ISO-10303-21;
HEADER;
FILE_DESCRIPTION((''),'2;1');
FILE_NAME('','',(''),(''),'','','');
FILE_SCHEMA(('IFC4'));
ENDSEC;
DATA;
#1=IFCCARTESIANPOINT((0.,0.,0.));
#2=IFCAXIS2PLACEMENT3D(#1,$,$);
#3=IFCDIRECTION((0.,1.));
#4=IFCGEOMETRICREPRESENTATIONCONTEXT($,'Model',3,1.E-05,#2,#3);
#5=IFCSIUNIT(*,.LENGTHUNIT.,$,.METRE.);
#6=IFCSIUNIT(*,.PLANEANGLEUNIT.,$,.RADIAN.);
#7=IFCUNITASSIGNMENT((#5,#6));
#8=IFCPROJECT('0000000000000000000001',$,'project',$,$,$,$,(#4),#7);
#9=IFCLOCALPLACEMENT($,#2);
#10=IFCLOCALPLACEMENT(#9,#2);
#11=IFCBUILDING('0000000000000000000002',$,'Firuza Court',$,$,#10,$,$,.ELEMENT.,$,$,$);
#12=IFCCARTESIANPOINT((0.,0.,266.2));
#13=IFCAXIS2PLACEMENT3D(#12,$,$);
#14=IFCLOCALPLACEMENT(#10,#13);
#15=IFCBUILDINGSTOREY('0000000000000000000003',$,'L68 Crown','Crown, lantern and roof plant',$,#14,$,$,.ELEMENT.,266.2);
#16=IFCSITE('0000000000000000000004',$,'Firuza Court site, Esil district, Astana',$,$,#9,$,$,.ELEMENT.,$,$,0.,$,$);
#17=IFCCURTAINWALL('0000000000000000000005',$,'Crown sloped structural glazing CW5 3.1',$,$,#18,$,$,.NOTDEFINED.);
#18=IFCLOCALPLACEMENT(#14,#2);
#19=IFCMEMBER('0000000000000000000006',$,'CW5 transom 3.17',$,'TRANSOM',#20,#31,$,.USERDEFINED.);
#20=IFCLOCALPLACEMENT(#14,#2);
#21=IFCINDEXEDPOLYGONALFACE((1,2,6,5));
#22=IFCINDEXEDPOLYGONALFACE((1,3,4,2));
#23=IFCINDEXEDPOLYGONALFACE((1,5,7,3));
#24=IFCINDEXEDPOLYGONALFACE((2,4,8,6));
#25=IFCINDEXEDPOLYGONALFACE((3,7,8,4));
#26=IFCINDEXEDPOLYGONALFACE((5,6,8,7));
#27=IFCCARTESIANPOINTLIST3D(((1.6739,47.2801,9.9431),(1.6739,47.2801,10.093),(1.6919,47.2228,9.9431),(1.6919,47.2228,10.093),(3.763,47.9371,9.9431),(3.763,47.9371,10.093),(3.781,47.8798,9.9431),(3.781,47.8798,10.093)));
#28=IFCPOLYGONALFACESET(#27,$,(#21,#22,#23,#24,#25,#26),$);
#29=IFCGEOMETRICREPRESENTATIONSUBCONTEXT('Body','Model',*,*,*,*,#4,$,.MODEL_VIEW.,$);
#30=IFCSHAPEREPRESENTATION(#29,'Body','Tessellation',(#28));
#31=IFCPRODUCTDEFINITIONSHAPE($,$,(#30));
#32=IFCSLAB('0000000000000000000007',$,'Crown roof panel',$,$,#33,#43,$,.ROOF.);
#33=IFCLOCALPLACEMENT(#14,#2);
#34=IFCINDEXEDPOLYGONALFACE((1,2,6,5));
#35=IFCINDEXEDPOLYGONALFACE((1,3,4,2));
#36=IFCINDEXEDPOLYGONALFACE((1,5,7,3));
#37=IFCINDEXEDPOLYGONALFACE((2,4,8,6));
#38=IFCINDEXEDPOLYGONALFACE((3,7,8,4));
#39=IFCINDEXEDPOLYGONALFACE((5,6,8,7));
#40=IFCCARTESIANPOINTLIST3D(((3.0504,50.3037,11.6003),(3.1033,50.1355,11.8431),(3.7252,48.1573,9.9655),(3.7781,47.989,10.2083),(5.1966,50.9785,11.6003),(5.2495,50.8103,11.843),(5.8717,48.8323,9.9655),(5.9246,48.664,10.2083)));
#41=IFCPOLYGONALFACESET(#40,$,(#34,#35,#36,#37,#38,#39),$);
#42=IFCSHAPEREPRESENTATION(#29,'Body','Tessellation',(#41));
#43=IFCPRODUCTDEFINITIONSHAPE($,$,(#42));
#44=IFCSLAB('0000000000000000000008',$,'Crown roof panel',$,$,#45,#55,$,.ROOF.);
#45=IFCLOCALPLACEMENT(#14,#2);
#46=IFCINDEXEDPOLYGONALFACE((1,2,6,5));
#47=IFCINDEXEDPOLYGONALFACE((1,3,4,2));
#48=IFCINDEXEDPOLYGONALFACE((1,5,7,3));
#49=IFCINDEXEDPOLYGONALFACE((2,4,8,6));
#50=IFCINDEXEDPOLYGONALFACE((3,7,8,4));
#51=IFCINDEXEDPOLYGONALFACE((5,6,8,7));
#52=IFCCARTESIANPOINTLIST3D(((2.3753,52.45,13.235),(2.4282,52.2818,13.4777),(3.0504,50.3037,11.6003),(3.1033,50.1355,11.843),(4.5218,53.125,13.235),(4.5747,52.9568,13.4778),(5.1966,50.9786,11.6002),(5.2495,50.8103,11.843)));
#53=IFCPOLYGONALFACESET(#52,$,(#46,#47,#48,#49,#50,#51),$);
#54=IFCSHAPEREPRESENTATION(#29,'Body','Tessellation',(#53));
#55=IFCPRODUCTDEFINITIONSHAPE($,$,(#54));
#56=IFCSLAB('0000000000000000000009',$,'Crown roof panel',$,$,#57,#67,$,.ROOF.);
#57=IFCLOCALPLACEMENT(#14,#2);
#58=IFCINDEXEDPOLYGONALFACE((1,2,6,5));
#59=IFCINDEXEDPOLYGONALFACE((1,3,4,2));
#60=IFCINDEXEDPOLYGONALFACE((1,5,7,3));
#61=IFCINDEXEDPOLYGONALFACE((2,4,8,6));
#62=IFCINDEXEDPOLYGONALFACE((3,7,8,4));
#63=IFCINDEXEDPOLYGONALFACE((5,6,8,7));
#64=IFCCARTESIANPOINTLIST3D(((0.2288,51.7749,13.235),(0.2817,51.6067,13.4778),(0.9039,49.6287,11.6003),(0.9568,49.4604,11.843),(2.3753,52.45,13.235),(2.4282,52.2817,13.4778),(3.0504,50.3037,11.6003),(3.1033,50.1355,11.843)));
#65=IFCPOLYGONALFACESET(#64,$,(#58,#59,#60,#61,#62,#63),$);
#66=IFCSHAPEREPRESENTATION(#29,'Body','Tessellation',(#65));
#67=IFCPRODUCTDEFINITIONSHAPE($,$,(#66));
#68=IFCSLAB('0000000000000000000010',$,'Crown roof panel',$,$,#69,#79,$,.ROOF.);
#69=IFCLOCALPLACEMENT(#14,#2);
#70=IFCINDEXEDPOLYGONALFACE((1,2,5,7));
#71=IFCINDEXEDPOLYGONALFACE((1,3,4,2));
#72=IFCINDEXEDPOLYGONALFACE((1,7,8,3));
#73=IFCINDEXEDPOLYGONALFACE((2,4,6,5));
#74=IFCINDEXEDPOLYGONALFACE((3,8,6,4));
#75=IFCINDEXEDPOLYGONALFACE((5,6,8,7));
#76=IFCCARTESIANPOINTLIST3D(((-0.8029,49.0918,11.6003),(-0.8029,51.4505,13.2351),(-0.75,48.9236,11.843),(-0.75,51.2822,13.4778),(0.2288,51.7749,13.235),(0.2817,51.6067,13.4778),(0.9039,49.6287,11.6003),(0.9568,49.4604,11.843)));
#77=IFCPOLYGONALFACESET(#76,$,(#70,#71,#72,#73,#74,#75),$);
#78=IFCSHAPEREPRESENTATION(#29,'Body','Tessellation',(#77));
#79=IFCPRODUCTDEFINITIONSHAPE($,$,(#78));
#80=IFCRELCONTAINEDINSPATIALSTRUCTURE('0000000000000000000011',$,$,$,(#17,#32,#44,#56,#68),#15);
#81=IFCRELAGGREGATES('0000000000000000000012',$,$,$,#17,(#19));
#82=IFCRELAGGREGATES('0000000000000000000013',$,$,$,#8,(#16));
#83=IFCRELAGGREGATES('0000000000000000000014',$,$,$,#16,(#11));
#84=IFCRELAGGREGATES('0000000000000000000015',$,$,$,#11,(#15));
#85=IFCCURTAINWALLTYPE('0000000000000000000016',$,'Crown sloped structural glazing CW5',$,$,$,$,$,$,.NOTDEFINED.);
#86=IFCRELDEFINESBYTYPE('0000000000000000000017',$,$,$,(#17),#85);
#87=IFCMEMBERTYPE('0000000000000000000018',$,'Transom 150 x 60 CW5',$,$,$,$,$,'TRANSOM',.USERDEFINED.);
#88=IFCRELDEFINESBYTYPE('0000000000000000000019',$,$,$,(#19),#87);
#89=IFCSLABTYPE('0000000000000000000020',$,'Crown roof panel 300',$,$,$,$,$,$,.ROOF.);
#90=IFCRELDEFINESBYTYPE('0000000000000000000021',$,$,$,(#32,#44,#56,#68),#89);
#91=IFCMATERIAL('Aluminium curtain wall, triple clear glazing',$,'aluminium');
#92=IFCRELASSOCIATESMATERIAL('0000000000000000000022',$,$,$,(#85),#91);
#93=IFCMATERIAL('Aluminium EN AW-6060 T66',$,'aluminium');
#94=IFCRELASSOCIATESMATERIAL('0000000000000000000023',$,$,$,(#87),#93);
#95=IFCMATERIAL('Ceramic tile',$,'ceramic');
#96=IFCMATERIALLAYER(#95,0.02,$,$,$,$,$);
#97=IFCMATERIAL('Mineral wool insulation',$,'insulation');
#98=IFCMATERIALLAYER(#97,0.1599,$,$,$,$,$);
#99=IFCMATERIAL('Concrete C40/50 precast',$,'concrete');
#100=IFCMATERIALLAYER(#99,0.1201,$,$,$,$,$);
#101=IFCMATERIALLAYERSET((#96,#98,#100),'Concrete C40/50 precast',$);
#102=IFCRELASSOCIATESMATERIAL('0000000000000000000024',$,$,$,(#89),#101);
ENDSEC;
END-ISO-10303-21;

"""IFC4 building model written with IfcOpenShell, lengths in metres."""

from ifc_helpers import new_model, si_unit, direction, frame, origin, origin_2d, place, context, subcontext, project, spatial, polyline, rectangle, outline, extrude, material, layer, layer_set, material_profile, profile_set, type_object, element, aggregate, save


model = new_model("IFC4")

# Units and contexts
model_context = context("Model", 3, precision=1e-05, world=origin(), true_north=direction((0.0, 1.0)))
body_context = subcontext(model_context, "Body", "Model", "MODEL_VIEW")
ifc_project = project(units=[si_unit("LENGTHUNIT", "METRE"), si_unit("PLANEANGLEUNIT", "RADIAN")], contexts=[model_context])

# Site, building, storey
site_placement = place(None, origin())
site = spatial("IfcSite", under=ifc_project, at=site_placement, Name="Firuza Court site, Esil district, Astana", CompositionType="ELEMENT", RefElevation=0.0)
building_placement = place(site_placement, origin())
building = spatial("IfcBuilding", under=site, at=building_placement, Name="Firuza Court", CompositionType="ELEMENT")
storey_placement = place(building_placement, frame((0.0, 0.0, 266.2)))
storey = spatial("IfcBuildingStorey", under=building, at=storey_placement, Name="L68 Crown", Description="Crown, lantern and roof plant", CompositionType="ELEMENT", Elevation=266.2)

# Curtain wall, member
ifc_material_1 = material(Name="Aluminium curtain wall, triple clear glazing", Category="aluminium")
curtain_wall_type = type_object("IfcCurtainWallType", Name="Crown sloped structural glazing CW5", PredefinedType="NOTDEFINED", material=ifc_material_1)
curtain_wall_placement = place(storey_placement, origin())
curtain_wall = element("IfcCurtainWall", 1, at=curtain_wall_placement, inside=storey, type_object=curtain_wall_type, Name="Crown sloped structural glazing CW5 3.1", PredefinedType="NOTDEFINED")
ifc_material_2 = material(Name="Aluminium EN AW-6060 T66", Category="aluminium")
ifc_material_profile_1 = material_profile(ifc_material_2, rectangle(XDim=0.0601, YDim=0.1499, at=origin_2d()), Name="Transom 150 x 60 CW5")
ifc_profile_set_1 = profile_set([ifc_material_profile_1], Name="Aluminium EN AW-6060 T66")
member_type_1 = type_object("IfcMemberType", Name="Transom 150 x 60 CW5", ElementType="TRANSOM", PredefinedType="USERDEFINED", material=ifc_profile_set_1)
member_1_placement = place(storey_placement, frame((3.772, 47.9084, 10.0181), z_axis=(-0.953941, -0.299995, 0.0), x_axis=(0.299995, -0.953941, 0.0)))
member_1 = element("IfcMember", 2, at=member_1_placement, type_object=member_type_1, Name="CW5 transom 3.17", ObjectType="TRANSOM", PredefinedType="USERDEFINED", context=body_context, shape_type="SweptSolid", body=[
    extrude(rectangle(XDim=0.0601, YDim=0.1499, at=origin_2d()), origin(), (0.0, 0.0, 1.0), 2.1899),
])
aggregate(curtain_wall, [member_1])

# Slabs
ifc_material_3 = material(Name="Ceramic tile", Category="ceramic")
ifc_layer_1 = layer(ifc_material_3, 0.02)
ifc_material_4 = material(Name="Mineral wool insulation", Category="insulation")
ifc_layer_2 = layer(ifc_material_4, 0.1599)
ifc_material_5 = material(Name="Concrete C40/50 precast", Category="concrete")
ifc_layer_3 = layer(ifc_material_5, 0.1201)
ifc_layer_set = layer_set([ifc_layer_1, ifc_layer_2, ifc_layer_3], Name="Concrete C40/50 precast")
slab_type = type_object("IfcSlabType", Name="Crown roof panel 300", PredefinedType="ROOF", material=ifc_layer_set)
slab_1_placement = place(storey_placement, frame((3.7781, 47.989, 10.2083), z_axis=(0.176323, -0.560731, 0.809006), x_axis=(-0.242626, 0.771767, 0.5878)))
element("IfcSlab", 3, at=slab_1_placement, inside=storey, type_object=slab_type, Name="Crown roof panel", PredefinedType="ROOF", context=body_context, shape_type="SweptSolid", body=[
    extrude(outline(polyline([(0.0, 0.0), (2.7812, 0.0), (2.7813, -2.2498), (0.0002, -2.2501), (0.0, 0.0)])), origin(), (0.0, 0.0, -1.0), 0.3),
])
slab_2_placement = place(storey_placement, frame((3.1033, 50.1355, 11.843), z_axis=(0.176323, -0.560731, 0.809006), x_axis=(-0.242731, 0.771734, 0.5878)))
element("IfcSlab", 4, at=slab_2_placement, inside=storey, type_object=slab_type, Name="Crown roof panel", PredefinedType="ROOF", context=body_context, shape_type="SweptSolid", body=[
    extrude(outline(polyline([(0.0, 0.0), (2.7811, 0.0), (2.781, -2.2501), (-0.0002, -2.2498), (0.0, 0.0)])), origin(), (0.0, 0.0, -1.0), 0.3),
])
slab_3_placement = place(storey_placement, frame((0.9568, 49.4604, 11.843), z_axis=(0.176347, -0.560737, 0.808997), x_axis=(-0.242728, 0.771725, 0.587813)))
element("IfcSlab", 5, at=slab_3_placement, inside=storey, type_object=slab_type, Name="Crown roof panel", PredefinedType="ROOF", context=body_context, shape_type="SweptSolid", body=[
    extrude(outline(polyline([(0.0, 0.0), (2.7811, 0.0), (2.781, -2.2501), (-0.0001, -2.2501), (0.0, 0.0)])), origin(), (0.0, 0.0, -1.0), 0.3),
])
slab_4_placement = place(storey_placement, frame((-0.75, 48.9236, 11.843), z_axis=(0.176361, -0.560726, 0.809002), x_axis=(0.000001, 0.821884, 0.569655)))
element("IfcSlab", 6, at=slab_4_placement, inside=storey, type_object=slab_type, Name="Crown roof panel", PredefinedType="ROOF", context=body_context, shape_type="SweptSolid", body=[
    extrude(outline(polyline([(0.0, 0.0), (2.8698, 0.0), (3.1365, -1.0482), (0.4412, -1.734), (0.0, 0.0)])), origin(), (0.0, 0.0, -1.0), 0.3),
])

save(model, "model.ifc")
